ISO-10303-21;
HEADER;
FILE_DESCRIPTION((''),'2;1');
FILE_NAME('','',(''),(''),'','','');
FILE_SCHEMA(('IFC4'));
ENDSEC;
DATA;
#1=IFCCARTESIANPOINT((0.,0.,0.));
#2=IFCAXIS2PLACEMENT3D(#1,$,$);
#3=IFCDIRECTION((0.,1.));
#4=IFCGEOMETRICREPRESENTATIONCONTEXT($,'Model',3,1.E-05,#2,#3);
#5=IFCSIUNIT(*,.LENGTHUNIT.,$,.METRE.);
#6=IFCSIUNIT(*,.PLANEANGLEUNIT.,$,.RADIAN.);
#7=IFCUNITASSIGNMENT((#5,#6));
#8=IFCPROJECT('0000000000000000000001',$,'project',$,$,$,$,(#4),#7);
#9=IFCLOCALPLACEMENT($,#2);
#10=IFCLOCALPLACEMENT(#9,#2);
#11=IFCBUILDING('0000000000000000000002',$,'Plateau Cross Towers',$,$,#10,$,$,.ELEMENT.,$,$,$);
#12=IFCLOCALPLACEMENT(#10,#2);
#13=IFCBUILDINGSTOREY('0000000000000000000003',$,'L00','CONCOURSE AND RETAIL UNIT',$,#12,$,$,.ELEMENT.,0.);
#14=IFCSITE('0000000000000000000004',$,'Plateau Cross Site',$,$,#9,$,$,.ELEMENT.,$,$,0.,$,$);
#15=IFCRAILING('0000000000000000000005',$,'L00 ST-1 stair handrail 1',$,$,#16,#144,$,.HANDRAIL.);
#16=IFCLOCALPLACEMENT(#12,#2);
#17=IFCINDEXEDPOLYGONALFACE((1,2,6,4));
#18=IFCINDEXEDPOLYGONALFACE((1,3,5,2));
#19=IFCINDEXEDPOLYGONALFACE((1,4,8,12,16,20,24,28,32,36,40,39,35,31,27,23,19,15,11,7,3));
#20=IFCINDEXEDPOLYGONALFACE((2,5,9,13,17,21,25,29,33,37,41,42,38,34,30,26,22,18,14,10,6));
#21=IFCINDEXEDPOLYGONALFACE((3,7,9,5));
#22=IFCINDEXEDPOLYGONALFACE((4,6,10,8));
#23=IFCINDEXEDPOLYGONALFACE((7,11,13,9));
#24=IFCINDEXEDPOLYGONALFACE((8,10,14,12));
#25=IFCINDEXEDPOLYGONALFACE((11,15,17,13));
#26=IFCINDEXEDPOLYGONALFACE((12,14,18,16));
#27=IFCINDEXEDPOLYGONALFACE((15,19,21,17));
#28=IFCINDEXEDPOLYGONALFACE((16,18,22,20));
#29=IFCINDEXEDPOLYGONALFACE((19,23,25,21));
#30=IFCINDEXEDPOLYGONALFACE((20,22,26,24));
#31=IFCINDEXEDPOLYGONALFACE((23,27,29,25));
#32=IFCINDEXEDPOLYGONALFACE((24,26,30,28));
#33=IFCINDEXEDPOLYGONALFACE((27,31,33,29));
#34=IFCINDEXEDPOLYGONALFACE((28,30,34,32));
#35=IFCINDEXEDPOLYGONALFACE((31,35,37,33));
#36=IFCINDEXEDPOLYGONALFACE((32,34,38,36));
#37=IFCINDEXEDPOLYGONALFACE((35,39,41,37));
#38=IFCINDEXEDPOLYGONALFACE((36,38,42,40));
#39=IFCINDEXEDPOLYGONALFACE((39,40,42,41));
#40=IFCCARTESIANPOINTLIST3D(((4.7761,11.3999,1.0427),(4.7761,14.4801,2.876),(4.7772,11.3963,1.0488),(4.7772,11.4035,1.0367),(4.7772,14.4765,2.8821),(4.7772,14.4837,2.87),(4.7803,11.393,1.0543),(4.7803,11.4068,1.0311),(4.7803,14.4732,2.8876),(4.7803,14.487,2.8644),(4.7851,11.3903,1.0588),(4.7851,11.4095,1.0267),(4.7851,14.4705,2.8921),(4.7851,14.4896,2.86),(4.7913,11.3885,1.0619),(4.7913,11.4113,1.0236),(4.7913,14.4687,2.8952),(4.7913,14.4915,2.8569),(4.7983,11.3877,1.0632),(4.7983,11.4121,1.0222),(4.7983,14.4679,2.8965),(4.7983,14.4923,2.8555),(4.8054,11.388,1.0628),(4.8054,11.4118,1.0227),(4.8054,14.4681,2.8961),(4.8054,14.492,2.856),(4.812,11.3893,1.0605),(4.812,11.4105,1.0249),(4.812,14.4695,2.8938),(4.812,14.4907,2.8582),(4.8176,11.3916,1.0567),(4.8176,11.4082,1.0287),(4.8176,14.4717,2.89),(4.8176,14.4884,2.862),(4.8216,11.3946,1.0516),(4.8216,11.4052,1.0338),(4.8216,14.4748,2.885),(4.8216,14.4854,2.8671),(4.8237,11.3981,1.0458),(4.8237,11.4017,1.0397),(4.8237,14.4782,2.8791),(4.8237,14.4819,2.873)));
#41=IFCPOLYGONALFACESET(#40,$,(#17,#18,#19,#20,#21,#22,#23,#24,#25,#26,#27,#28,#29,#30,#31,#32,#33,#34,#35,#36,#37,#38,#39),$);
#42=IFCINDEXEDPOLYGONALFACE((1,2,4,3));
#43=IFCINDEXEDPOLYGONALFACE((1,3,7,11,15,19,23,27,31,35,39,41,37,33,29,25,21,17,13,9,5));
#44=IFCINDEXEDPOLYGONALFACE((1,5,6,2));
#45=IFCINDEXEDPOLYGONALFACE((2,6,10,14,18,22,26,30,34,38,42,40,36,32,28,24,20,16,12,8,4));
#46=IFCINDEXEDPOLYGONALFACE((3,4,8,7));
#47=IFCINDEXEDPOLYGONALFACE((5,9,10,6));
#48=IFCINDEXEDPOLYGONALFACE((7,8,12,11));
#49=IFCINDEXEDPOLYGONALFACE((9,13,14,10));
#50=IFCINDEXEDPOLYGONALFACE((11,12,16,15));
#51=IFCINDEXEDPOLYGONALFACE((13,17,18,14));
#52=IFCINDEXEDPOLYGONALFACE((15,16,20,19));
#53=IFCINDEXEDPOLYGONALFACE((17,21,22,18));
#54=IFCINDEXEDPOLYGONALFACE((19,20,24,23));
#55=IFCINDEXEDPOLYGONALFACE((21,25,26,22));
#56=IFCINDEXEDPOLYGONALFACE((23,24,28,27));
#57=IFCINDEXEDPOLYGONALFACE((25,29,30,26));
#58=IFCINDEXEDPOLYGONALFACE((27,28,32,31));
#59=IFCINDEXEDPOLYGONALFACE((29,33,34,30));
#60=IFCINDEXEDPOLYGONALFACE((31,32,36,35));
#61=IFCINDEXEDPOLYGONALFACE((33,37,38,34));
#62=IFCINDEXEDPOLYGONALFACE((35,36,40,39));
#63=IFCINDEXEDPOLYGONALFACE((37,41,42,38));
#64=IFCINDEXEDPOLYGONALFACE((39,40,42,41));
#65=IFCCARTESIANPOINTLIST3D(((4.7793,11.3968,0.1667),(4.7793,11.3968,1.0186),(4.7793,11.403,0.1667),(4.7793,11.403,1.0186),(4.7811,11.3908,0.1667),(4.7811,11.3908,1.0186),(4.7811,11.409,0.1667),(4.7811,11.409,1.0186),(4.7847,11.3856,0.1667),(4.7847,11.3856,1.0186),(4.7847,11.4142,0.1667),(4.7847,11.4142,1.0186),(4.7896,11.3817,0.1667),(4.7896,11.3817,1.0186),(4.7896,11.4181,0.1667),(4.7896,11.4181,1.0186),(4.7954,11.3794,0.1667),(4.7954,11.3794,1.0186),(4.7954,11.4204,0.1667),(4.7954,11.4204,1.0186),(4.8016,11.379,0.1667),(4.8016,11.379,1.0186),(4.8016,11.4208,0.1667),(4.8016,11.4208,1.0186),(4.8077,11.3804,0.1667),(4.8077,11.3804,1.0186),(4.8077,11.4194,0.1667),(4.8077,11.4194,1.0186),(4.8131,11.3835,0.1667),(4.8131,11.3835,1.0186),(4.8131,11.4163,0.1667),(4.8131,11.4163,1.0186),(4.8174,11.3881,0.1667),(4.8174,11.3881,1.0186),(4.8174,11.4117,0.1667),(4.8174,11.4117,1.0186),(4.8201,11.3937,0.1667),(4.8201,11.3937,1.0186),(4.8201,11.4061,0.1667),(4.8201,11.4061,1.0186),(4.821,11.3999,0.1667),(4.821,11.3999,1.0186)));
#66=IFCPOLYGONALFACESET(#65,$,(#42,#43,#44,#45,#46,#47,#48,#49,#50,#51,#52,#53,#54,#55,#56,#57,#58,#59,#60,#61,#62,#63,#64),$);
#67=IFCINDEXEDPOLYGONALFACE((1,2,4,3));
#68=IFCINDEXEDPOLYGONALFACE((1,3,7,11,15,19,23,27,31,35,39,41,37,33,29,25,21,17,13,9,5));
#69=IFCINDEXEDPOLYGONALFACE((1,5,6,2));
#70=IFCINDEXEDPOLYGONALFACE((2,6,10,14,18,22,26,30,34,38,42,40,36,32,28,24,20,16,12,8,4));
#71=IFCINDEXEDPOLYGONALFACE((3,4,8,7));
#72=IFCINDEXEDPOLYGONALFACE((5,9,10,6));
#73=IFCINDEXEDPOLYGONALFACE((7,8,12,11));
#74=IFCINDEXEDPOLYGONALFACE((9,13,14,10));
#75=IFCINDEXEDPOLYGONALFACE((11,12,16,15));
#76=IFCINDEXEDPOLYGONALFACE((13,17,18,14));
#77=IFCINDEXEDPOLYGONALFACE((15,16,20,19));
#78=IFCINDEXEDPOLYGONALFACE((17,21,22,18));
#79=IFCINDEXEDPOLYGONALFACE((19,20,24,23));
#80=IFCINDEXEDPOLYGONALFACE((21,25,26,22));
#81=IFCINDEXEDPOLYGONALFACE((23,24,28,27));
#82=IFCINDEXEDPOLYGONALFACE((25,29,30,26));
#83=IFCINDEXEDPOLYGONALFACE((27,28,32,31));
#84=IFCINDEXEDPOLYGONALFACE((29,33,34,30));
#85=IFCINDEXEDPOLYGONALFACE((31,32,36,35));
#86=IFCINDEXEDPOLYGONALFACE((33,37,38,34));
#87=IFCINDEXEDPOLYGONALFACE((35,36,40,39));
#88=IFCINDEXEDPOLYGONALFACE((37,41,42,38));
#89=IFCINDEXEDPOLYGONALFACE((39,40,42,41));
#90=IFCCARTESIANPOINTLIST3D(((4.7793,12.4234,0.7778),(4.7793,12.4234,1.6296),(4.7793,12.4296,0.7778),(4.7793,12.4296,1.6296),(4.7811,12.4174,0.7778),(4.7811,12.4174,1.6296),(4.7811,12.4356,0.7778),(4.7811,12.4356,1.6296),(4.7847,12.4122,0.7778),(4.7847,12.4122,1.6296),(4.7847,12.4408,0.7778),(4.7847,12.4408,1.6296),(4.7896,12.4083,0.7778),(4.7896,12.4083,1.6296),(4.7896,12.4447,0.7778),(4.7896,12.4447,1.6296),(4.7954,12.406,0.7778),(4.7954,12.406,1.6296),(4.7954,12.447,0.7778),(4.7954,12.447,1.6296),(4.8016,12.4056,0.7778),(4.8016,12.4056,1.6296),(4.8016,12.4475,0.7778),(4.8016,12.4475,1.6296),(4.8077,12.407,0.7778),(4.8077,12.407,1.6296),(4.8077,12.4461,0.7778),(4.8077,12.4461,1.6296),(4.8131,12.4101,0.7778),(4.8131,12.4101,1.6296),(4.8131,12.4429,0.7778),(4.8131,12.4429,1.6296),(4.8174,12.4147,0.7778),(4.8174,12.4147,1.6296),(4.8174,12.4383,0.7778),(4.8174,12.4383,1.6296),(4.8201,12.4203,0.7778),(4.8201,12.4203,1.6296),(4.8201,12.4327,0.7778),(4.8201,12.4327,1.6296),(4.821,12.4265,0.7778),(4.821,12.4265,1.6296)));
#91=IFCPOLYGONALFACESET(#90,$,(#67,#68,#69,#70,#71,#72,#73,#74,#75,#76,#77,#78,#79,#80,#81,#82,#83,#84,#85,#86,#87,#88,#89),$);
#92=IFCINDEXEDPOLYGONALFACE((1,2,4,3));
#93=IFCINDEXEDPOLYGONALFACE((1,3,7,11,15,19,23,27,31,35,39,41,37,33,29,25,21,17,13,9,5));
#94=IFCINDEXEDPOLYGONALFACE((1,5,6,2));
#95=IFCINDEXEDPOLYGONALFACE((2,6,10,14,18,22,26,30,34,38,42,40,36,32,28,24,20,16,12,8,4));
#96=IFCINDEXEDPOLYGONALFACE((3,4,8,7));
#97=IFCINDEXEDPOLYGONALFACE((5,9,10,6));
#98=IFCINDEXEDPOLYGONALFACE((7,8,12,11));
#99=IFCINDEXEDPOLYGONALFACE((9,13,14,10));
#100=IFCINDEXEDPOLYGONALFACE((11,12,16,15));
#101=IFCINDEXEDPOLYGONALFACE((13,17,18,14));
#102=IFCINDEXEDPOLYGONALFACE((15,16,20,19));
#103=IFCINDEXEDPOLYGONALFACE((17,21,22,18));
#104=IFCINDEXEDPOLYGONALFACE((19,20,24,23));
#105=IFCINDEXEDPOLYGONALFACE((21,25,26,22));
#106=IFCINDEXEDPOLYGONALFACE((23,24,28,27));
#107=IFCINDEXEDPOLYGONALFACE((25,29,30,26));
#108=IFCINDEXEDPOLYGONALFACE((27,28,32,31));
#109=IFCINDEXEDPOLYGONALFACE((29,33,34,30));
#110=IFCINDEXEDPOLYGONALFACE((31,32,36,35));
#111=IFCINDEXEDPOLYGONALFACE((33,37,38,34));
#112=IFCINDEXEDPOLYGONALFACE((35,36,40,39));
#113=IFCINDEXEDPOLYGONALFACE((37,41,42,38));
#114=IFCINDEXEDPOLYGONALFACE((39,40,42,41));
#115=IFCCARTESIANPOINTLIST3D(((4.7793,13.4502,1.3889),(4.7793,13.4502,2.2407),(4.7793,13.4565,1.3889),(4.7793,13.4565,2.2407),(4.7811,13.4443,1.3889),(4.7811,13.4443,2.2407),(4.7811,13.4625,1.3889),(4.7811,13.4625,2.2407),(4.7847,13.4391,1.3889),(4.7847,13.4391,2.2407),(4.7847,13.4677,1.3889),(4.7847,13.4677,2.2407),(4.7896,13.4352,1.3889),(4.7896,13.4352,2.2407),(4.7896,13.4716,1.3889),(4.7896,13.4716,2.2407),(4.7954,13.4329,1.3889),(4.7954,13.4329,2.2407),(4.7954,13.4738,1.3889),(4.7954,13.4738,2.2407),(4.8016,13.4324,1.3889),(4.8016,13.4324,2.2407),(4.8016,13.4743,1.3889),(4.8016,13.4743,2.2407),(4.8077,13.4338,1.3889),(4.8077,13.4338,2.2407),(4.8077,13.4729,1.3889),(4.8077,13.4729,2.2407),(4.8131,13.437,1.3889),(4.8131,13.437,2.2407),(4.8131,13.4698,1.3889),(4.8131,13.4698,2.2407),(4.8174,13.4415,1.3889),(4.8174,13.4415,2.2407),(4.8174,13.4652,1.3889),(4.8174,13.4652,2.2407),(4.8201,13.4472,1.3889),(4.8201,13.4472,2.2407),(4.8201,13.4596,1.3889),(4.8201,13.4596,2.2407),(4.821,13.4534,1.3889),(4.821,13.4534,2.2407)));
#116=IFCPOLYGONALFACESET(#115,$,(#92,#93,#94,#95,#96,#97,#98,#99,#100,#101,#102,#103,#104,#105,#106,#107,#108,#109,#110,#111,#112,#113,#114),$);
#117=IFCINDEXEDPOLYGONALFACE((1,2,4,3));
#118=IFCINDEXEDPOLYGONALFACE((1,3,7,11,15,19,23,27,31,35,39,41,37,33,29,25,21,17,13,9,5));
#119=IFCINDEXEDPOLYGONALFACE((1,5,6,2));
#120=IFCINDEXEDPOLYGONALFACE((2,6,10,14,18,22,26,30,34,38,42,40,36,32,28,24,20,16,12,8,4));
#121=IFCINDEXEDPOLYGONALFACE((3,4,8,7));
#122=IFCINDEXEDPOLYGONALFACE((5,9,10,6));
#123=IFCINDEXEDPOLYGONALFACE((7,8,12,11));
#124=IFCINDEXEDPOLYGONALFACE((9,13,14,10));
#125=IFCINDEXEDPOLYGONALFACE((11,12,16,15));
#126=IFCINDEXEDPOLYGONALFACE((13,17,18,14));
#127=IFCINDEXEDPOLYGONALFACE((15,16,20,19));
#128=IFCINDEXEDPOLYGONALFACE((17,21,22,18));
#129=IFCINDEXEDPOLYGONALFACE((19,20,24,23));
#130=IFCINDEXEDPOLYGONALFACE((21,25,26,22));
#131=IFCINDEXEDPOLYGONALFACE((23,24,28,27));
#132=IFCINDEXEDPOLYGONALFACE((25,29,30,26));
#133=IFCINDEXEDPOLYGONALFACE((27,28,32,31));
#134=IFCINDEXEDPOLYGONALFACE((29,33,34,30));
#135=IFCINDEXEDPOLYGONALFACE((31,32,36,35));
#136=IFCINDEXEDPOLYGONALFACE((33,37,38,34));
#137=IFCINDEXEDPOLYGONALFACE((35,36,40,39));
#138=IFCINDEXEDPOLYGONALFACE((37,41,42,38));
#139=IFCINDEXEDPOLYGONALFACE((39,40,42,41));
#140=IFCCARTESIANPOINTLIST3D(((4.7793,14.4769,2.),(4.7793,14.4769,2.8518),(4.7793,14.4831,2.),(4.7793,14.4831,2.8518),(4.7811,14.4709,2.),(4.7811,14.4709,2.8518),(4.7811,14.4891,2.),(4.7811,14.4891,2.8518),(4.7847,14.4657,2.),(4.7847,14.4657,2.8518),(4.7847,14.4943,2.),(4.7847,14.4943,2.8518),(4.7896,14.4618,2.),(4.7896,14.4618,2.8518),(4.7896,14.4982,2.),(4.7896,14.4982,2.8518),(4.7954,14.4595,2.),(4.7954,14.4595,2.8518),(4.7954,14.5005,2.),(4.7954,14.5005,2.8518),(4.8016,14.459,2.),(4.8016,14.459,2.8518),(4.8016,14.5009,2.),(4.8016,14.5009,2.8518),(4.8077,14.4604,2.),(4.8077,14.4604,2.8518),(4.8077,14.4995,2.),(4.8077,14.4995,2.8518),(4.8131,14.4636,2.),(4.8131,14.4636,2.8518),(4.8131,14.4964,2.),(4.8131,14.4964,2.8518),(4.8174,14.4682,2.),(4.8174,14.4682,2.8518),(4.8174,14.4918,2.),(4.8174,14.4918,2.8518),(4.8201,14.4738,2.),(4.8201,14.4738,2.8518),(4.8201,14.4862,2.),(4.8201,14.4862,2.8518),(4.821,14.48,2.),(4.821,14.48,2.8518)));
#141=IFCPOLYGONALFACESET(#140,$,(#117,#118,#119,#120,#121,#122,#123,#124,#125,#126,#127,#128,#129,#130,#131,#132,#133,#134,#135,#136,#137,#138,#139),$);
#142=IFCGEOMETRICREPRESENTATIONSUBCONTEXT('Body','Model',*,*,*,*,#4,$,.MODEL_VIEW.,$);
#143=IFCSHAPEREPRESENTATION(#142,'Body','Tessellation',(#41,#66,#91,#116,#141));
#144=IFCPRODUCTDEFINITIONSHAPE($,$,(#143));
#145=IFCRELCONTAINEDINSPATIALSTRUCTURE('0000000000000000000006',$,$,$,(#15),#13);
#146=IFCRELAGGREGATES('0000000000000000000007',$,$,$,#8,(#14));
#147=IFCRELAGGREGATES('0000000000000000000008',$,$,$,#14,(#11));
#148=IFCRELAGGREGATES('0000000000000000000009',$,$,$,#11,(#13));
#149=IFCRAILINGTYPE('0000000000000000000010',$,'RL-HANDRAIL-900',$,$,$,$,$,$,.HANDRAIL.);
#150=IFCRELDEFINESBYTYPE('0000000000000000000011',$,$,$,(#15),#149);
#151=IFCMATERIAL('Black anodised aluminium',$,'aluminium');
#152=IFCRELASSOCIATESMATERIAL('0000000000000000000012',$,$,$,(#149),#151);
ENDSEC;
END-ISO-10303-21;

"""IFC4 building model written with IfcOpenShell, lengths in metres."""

from ifc_helpers import new_model, si_unit, direction, frame, origin, origin_2d, place, context, subcontext, project, spatial, circle, extrude, material, type_object, element, save


model = new_model("IFC4")

# Units and contexts
model_context = context("Model", 3, precision=1e-05, world=origin(), true_north=direction((0.0, 1.0)))
body_context = subcontext(model_context, "Body", "Model", "MODEL_VIEW")
ifc_project = project(units=[si_unit("LENGTHUNIT", "METRE"), si_unit("PLANEANGLEUNIT", "RADIAN")], contexts=[model_context])

# Site, building, storey
site_placement = place(None, origin())
site = spatial("IfcSite", under=ifc_project, at=site_placement, Name="Plateau Cross Site", CompositionType="ELEMENT", RefElevation=0.0)
building_placement = place(site_placement, origin())
building = spatial("IfcBuilding", under=site, at=building_placement, Name="Plateau Cross Towers", CompositionType="ELEMENT")
storey_placement = place(building_placement, origin())
storey = spatial("IfcBuildingStorey", under=building, at=storey_placement, Name="L00", Description="CONCOURSE AND RETAIL UNIT", CompositionType="ELEMENT", Elevation=0.0)

# Shared definitions
ifc_material_1 = material(Name="Black anodised aluminium", Category="aluminium")

# Railing
railing_type_1 = type_object("IfcRailingType", Name="RL-HANDRAIL-900", PredefinedType="HANDRAIL", material=ifc_material_1)
railing_1_placement = place(storey_placement, frame((4.8, 11.3999, 0.1667)))
element("IfcRailing", 1, at=railing_1_placement, inside=storey, type_object=railing_type_1, Name="L00 ST-1 stair handrail 1", PredefinedType="HANDRAIL", context=body_context, shape_type="SweptSolid", body=[
    extrude(circle(Radius=0.0239, at=origin_2d()), frame((0.0, 0.0, 0.876), z_axis=(0.0, 0.859309, 0.511458), x_axis=(-1.0, 0.0, 0.0)), (0.0, 0.0, 1.0), 3.5845),
    extrude(circle(Radius=0.021, at=origin_2d()), origin(), (0.0, 0.0, 1.0), 0.8518),
    extrude(circle(Radius=0.021, at=origin_2d()), frame((0.0, 1.0266, 0.6111)), (0.0, 0.0, 1.0), 0.8518),
    extrude(circle(Radius=0.021, at=origin_2d()), frame((0.0, 2.0535, 1.2222)), (0.0, 0.0, 1.0), 0.8518),
    extrude(circle(Radius=0.021, at=origin_2d()), frame((0.0, 3.0801, 1.8333)), (0.0, 0.0, 1.0), 0.8518),
])

save(model, "model.ifc")
